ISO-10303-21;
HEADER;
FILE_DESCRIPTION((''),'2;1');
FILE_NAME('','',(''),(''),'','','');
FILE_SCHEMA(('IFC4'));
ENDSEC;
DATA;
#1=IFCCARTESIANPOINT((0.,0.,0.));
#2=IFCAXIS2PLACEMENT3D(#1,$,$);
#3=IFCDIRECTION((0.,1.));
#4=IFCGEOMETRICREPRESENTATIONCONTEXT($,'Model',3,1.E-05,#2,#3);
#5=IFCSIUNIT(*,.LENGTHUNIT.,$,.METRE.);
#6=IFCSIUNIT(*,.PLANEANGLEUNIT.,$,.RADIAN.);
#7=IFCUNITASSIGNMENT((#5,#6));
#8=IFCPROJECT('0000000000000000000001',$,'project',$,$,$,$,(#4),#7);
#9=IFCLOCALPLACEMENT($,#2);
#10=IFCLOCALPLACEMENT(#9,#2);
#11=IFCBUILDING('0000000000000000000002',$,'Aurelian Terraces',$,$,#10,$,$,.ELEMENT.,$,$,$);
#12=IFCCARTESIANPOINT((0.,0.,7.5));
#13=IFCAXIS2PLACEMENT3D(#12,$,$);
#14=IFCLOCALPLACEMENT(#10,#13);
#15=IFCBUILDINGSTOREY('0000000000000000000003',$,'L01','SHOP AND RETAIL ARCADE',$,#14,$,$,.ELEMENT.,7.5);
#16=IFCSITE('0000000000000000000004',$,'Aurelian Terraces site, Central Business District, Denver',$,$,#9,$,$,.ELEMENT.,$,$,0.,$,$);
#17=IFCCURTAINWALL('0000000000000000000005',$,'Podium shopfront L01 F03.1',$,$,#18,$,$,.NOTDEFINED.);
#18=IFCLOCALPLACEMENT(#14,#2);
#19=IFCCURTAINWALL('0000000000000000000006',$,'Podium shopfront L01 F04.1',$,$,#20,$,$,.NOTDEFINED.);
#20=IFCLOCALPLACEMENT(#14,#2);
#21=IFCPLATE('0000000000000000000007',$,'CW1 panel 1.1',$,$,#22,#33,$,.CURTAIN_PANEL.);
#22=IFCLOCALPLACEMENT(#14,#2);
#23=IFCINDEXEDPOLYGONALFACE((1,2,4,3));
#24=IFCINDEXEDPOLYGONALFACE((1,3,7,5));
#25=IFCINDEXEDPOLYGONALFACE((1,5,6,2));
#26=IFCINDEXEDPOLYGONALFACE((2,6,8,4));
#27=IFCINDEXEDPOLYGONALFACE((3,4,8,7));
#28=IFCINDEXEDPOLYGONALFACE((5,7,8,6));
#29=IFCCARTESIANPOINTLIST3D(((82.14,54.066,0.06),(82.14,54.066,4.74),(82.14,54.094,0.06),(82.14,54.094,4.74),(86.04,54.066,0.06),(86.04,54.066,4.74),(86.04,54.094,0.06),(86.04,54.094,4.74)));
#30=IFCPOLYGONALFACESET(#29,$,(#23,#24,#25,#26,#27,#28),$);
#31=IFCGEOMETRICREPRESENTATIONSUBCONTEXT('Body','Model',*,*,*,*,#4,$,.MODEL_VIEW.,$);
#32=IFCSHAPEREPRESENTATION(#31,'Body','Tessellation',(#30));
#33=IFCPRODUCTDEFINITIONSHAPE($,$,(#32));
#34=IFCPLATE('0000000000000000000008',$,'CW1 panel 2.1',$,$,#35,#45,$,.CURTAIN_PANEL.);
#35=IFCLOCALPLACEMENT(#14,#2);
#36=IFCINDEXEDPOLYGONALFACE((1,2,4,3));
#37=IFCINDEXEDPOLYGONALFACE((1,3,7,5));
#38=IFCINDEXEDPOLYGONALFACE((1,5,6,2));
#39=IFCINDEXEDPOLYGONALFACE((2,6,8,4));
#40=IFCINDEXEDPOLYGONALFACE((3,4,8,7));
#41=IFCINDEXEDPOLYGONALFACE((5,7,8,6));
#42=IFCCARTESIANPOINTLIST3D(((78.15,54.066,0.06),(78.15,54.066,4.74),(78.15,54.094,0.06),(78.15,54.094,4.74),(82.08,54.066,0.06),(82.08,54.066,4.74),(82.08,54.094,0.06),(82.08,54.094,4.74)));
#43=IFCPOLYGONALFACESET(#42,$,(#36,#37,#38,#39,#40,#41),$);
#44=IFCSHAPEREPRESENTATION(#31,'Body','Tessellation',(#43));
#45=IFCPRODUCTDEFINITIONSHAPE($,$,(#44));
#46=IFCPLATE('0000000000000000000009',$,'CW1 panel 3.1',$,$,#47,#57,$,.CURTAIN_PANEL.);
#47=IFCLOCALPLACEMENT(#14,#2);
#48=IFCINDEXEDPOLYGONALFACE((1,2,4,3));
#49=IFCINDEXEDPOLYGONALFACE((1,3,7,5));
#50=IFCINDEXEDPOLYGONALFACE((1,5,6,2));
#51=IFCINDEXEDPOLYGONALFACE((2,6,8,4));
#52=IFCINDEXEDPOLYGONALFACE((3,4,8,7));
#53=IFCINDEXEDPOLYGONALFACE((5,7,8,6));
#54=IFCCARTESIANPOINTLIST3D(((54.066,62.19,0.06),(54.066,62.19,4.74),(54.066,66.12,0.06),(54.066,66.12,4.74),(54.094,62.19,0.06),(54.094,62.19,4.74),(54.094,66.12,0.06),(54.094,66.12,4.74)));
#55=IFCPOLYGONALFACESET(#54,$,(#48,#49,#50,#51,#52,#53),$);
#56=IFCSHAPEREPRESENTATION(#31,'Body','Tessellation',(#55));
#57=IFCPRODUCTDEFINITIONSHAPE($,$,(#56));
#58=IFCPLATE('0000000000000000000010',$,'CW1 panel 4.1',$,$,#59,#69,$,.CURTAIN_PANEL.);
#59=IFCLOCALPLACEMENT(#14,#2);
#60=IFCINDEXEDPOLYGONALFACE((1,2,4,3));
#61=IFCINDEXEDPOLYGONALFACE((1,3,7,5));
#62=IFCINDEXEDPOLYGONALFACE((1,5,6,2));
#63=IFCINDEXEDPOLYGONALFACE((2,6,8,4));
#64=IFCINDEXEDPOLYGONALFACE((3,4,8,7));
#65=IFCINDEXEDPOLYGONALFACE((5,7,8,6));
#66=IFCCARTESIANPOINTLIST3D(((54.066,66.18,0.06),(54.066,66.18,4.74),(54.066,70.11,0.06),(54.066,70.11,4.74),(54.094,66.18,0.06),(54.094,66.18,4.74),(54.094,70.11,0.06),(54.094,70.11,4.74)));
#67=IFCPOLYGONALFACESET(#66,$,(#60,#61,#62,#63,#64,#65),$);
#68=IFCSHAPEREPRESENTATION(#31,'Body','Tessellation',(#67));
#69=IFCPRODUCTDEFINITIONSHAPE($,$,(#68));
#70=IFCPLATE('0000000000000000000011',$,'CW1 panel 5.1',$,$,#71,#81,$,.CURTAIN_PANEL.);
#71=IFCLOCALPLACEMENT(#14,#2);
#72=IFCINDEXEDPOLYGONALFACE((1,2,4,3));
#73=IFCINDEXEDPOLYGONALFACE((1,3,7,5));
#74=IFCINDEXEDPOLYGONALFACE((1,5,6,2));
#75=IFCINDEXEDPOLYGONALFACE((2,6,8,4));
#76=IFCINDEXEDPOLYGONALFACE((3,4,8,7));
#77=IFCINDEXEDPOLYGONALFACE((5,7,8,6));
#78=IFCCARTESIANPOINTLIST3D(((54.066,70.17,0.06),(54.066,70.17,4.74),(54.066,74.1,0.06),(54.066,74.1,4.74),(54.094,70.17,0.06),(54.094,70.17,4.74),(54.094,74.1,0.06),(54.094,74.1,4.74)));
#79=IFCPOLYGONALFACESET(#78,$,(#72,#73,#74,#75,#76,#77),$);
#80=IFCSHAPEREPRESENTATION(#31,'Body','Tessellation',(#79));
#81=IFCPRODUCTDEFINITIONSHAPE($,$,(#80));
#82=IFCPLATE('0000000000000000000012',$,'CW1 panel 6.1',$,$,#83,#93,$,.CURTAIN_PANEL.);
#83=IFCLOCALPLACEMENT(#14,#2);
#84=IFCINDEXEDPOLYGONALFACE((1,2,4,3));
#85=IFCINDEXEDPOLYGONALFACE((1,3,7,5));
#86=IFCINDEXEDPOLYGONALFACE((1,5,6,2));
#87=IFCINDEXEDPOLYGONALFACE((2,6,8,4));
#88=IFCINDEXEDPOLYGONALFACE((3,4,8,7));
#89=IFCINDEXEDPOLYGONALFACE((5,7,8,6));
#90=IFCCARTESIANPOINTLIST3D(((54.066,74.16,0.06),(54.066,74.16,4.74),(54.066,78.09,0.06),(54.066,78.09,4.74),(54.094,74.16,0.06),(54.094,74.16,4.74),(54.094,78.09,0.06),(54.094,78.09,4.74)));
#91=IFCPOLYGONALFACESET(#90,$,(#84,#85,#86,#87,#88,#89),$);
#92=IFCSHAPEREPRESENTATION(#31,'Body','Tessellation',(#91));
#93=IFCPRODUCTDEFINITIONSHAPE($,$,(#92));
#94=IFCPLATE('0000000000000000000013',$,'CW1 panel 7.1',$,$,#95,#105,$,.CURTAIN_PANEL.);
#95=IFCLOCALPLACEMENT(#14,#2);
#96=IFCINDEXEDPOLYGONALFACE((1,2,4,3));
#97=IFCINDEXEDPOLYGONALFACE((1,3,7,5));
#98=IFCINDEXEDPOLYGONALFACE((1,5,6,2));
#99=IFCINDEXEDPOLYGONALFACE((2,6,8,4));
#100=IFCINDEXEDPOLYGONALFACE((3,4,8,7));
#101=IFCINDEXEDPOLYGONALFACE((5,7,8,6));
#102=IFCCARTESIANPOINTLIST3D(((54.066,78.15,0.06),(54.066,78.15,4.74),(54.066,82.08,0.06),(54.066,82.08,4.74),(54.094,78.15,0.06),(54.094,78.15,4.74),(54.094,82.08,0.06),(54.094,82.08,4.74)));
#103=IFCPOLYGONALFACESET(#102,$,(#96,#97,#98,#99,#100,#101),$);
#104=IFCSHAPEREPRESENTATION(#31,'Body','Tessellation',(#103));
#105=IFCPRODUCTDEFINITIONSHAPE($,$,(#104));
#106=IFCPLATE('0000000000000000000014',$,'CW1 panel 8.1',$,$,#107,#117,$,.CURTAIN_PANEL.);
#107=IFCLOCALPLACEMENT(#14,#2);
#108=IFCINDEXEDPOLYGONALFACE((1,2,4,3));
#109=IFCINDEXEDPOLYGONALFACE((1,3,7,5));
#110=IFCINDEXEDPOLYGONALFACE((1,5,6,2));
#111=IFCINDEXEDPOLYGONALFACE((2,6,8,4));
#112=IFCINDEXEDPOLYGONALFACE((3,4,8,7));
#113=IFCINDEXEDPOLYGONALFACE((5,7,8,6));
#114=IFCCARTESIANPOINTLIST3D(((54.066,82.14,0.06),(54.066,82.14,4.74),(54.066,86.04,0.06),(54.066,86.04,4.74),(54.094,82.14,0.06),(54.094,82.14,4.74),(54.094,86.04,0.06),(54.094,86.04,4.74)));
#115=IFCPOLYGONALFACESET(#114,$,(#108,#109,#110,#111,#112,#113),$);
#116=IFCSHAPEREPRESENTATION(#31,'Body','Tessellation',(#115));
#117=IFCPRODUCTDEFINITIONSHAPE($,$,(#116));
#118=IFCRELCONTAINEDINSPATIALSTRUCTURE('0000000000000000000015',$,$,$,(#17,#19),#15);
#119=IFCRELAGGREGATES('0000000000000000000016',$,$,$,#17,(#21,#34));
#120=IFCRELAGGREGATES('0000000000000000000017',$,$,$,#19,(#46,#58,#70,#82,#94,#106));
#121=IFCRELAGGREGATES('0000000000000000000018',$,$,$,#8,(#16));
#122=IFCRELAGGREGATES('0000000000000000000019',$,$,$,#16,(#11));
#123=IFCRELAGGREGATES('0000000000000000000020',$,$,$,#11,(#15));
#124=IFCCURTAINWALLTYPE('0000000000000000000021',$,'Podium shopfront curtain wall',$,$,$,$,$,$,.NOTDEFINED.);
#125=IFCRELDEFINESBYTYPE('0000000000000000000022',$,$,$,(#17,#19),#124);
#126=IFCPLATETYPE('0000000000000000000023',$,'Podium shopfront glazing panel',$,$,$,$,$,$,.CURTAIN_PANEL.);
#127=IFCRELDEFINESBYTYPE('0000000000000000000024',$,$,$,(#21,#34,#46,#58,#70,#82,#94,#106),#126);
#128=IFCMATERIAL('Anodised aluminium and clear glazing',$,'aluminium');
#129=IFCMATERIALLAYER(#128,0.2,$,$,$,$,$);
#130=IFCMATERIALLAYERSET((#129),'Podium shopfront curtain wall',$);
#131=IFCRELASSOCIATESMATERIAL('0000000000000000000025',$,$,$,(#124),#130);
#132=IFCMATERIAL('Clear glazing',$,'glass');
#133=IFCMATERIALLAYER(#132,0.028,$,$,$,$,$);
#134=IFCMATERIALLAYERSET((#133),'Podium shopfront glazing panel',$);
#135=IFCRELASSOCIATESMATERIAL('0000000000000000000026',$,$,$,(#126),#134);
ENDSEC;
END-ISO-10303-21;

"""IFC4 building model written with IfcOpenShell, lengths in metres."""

from ifc_helpers import new_model, si_unit, direction, frame, origin, origin_2d, place, context, subcontext, project, spatial, rectangle, extrude, source, transform, mapped, material, layer, layer_set, type_object, element, aggregate, save


model = new_model("IFC4")

# Units and contexts
model_context = context("Model", 3, precision=1e-05, world=origin(), true_north=direction((0.0, 1.0)))
body_context = subcontext(model_context, "Body", "Model", "MODEL_VIEW")
ifc_project = project(units=[si_unit("LENGTHUNIT", "METRE"), si_unit("PLANEANGLEUNIT", "RADIAN")], contexts=[model_context])

# Site, building, storey
site_placement = place(None, origin())
site = spatial("IfcSite", under=ifc_project, at=site_placement, Name="Aurelian Terraces site, Central Business District, Denver", CompositionType="ELEMENT", RefElevation=0.0)
building_placement = place(site_placement, origin())
building = spatial("IfcBuilding", under=site, at=building_placement, Name="Aurelian Terraces", CompositionType="ELEMENT")
storey_placement = place(building_placement, frame((0.0, 0.0, 7.5)))
storey = spatial("IfcBuildingStorey", under=building, at=storey_placement, Name="L01", Description="SHOP AND RETAIL ARCADE", CompositionType="ELEMENT", Elevation=7.5)

# Curtain walls
ifc_material_1 = material(Name="Anodised aluminium and clear glazing", Category="aluminium")
ifc_layer_1 = layer(ifc_material_1, 0.2)
ifc_layer_set_1 = layer_set([ifc_layer_1], Name="Podium shopfront curtain wall")
curtain_wall_type = type_object("IfcCurtainWallType", Name="Podium shopfront curtain wall", PredefinedType="NOTDEFINED", material=ifc_layer_set_1)
curtain_wall_1_placement = place(storey_placement, origin())
curtain_wall_1 = element("IfcCurtainWall", 1, at=curtain_wall_1_placement, inside=storey, type_object=curtain_wall_type, Name="Podium shopfront L01 F03.1", PredefinedType="NOTDEFINED")
curtain_wall_2_placement = place(storey_placement, origin())
curtain_wall_2 = element("IfcCurtainWall", 2, at=curtain_wall_2_placement, inside=storey, type_object=curtain_wall_type, Name="Podium shopfront L01 F04.1", PredefinedType="NOTDEFINED")

# Plates
ifc_material_2 = material(Name="Clear glazing", Category="glass")
ifc_layer_2 = layer(ifc_material_2, 0.028)
ifc_layer_set_2 = layer_set([ifc_layer_2], Name="Podium shopfront glazing panel")
plate_type = type_object("IfcPlateType", Name="Podium shopfront glazing panel", PredefinedType="CURTAIN_PANEL", material=ifc_layer_set_2)
plate_1_placement = place(storey_placement, frame((84.09, 54.08, 0.06), z_axis=(0.0, 0.0, 1.0), x_axis=(-1.0, 0.0, 0.0)))
plate_1 = element("IfcPlate", 3, at=plate_1_placement, type_object=plate_type, Name="CW1 panel 1.1", PredefinedType="CURTAIN_PANEL", context=body_context, shape_type="SweptSolid", body=[
    extrude(rectangle(XDim=3.9, YDim=0.028, at=origin_2d()), origin(), (0.0, 0.0, 1.0), 4.68),
])
plate_2_placement = place(storey_placement, frame((80.115, 54.08, 0.06), z_axis=(0.0, 0.0, 1.0), x_axis=(-1.0, 0.0, 0.0)))
plate_2 = element("IfcPlate", 4, at=plate_2_placement, type_object=plate_type, Name="CW1 panel 2.1", PredefinedType="CURTAIN_PANEL", context=body_context, shape_type="SweptSolid", body=[
    extrude(rectangle(XDim=3.93, YDim=0.028, at=origin_2d()), origin(), (0.0, 0.0, 1.0), 4.68),
])
aggregate(curtain_wall_1, [plate_1, plate_2])
shared_shape_1 = source(origin(), body_context, "Body", "SweptSolid", [
    extrude(rectangle(XDim=3.93, YDim=0.028, at=origin_2d()), origin(), (0.0, 0.0, 1.0), 4.68),
])
plate_3_placement = place(storey_placement, frame((54.08, 64.155, 0.06), z_axis=(0.0, 0.0, 1.0), x_axis=(0.0, 1.0, 0.0)))
plate_3 = element("IfcPlate", 5, at=plate_3_placement, type_object=plate_type, Name="CW1 panel 3.1", PredefinedType="CURTAIN_PANEL", context=body_context, shape_type="MappedRepresentation", body=[
    mapped(shared_shape_1, transform((0.0, 0.0, 0.0), scale=1.0)),
])
plate_4_placement = place(storey_placement, frame((54.08, 68.145, 0.06), z_axis=(0.0, 0.0, 1.0), x_axis=(0.0, 1.0, 0.0)))
plate_4 = element("IfcPlate", 6, at=plate_4_placement, type_object=plate_type, Name="CW1 panel 4.1", PredefinedType="CURTAIN_PANEL", context=body_context, shape_type="MappedRepresentation", body=[
    mapped(shared_shape_1, transform((0.0, 0.0, 0.0), scale=1.0)),
])
plate_5_placement = place(storey_placement, frame((54.08, 72.135, 0.06), z_axis=(0.0, 0.0, 1.0), x_axis=(0.0, 1.0, 0.0)))
plate_5 = element("IfcPlate", 7, at=plate_5_placement, type_object=plate_type, Name="CW1 panel 5.1", PredefinedType="CURTAIN_PANEL", context=body_context, shape_type="MappedRepresentation", body=[
    mapped(shared_shape_1, transform((0.0, 0.0, 0.0), scale=1.0)),
])
plate_6_placement = place(storey_placement, frame((54.08, 76.125, 0.06), z_axis=(0.0, 0.0, 1.0), x_axis=(0.0, 1.0, 0.0)))
plate_6 = element("IfcPlate", 8, at=plate_6_placement, type_object=plate_type, Name="CW1 panel 6.1", PredefinedType="CURTAIN_PANEL", context=body_context, shape_type="MappedRepresentation", body=[
    mapped(shared_shape_1, transform((0.0, 0.0, 0.0), scale=1.0)),
])
plate_7_placement = place(storey_placement, frame((54.08, 80.115, 0.06), z_axis=(0.0, 0.0, 1.0), x_axis=(0.0, 1.0, 0.0)))
plate_7 = element("IfcPlate", 9, at=plate_7_placement, type_object=plate_type, Name="CW1 panel 7.1", PredefinedType="CURTAIN_PANEL", context=body_context, shape_type="MappedRepresentation", body=[
    mapped(shared_shape_1, transform((0.0, 0.0, 0.0), scale=1.0)),
])
shared_shape_2 = source(origin(), body_context, "Body", "SweptSolid", [
    extrude(rectangle(XDim=3.9, YDim=0.028, at=origin_2d()), origin(), (0.0, 0.0, 1.0), 4.68),
])
plate_8_placement = place(storey_placement, frame((54.08, 84.09, 0.06), z_axis=(0.0, 0.0, 1.0), x_axis=(0.0, 1.0, 0.0)))
plate_8 = element("IfcPlate", 10, at=plate_8_placement, type_object=plate_type, Name="CW1 panel 8.1", PredefinedType="CURTAIN_PANEL", context=body_context, shape_type="MappedRepresentation", body=[
    mapped(shared_shape_2, transform((0.0, 0.0, 0.0), scale=1.0)),
])
aggregate(curtain_wall_2, [plate_3, plate_4, plate_5, plate_6, plate_7, plate_8])

save(model, "model.ifc")
